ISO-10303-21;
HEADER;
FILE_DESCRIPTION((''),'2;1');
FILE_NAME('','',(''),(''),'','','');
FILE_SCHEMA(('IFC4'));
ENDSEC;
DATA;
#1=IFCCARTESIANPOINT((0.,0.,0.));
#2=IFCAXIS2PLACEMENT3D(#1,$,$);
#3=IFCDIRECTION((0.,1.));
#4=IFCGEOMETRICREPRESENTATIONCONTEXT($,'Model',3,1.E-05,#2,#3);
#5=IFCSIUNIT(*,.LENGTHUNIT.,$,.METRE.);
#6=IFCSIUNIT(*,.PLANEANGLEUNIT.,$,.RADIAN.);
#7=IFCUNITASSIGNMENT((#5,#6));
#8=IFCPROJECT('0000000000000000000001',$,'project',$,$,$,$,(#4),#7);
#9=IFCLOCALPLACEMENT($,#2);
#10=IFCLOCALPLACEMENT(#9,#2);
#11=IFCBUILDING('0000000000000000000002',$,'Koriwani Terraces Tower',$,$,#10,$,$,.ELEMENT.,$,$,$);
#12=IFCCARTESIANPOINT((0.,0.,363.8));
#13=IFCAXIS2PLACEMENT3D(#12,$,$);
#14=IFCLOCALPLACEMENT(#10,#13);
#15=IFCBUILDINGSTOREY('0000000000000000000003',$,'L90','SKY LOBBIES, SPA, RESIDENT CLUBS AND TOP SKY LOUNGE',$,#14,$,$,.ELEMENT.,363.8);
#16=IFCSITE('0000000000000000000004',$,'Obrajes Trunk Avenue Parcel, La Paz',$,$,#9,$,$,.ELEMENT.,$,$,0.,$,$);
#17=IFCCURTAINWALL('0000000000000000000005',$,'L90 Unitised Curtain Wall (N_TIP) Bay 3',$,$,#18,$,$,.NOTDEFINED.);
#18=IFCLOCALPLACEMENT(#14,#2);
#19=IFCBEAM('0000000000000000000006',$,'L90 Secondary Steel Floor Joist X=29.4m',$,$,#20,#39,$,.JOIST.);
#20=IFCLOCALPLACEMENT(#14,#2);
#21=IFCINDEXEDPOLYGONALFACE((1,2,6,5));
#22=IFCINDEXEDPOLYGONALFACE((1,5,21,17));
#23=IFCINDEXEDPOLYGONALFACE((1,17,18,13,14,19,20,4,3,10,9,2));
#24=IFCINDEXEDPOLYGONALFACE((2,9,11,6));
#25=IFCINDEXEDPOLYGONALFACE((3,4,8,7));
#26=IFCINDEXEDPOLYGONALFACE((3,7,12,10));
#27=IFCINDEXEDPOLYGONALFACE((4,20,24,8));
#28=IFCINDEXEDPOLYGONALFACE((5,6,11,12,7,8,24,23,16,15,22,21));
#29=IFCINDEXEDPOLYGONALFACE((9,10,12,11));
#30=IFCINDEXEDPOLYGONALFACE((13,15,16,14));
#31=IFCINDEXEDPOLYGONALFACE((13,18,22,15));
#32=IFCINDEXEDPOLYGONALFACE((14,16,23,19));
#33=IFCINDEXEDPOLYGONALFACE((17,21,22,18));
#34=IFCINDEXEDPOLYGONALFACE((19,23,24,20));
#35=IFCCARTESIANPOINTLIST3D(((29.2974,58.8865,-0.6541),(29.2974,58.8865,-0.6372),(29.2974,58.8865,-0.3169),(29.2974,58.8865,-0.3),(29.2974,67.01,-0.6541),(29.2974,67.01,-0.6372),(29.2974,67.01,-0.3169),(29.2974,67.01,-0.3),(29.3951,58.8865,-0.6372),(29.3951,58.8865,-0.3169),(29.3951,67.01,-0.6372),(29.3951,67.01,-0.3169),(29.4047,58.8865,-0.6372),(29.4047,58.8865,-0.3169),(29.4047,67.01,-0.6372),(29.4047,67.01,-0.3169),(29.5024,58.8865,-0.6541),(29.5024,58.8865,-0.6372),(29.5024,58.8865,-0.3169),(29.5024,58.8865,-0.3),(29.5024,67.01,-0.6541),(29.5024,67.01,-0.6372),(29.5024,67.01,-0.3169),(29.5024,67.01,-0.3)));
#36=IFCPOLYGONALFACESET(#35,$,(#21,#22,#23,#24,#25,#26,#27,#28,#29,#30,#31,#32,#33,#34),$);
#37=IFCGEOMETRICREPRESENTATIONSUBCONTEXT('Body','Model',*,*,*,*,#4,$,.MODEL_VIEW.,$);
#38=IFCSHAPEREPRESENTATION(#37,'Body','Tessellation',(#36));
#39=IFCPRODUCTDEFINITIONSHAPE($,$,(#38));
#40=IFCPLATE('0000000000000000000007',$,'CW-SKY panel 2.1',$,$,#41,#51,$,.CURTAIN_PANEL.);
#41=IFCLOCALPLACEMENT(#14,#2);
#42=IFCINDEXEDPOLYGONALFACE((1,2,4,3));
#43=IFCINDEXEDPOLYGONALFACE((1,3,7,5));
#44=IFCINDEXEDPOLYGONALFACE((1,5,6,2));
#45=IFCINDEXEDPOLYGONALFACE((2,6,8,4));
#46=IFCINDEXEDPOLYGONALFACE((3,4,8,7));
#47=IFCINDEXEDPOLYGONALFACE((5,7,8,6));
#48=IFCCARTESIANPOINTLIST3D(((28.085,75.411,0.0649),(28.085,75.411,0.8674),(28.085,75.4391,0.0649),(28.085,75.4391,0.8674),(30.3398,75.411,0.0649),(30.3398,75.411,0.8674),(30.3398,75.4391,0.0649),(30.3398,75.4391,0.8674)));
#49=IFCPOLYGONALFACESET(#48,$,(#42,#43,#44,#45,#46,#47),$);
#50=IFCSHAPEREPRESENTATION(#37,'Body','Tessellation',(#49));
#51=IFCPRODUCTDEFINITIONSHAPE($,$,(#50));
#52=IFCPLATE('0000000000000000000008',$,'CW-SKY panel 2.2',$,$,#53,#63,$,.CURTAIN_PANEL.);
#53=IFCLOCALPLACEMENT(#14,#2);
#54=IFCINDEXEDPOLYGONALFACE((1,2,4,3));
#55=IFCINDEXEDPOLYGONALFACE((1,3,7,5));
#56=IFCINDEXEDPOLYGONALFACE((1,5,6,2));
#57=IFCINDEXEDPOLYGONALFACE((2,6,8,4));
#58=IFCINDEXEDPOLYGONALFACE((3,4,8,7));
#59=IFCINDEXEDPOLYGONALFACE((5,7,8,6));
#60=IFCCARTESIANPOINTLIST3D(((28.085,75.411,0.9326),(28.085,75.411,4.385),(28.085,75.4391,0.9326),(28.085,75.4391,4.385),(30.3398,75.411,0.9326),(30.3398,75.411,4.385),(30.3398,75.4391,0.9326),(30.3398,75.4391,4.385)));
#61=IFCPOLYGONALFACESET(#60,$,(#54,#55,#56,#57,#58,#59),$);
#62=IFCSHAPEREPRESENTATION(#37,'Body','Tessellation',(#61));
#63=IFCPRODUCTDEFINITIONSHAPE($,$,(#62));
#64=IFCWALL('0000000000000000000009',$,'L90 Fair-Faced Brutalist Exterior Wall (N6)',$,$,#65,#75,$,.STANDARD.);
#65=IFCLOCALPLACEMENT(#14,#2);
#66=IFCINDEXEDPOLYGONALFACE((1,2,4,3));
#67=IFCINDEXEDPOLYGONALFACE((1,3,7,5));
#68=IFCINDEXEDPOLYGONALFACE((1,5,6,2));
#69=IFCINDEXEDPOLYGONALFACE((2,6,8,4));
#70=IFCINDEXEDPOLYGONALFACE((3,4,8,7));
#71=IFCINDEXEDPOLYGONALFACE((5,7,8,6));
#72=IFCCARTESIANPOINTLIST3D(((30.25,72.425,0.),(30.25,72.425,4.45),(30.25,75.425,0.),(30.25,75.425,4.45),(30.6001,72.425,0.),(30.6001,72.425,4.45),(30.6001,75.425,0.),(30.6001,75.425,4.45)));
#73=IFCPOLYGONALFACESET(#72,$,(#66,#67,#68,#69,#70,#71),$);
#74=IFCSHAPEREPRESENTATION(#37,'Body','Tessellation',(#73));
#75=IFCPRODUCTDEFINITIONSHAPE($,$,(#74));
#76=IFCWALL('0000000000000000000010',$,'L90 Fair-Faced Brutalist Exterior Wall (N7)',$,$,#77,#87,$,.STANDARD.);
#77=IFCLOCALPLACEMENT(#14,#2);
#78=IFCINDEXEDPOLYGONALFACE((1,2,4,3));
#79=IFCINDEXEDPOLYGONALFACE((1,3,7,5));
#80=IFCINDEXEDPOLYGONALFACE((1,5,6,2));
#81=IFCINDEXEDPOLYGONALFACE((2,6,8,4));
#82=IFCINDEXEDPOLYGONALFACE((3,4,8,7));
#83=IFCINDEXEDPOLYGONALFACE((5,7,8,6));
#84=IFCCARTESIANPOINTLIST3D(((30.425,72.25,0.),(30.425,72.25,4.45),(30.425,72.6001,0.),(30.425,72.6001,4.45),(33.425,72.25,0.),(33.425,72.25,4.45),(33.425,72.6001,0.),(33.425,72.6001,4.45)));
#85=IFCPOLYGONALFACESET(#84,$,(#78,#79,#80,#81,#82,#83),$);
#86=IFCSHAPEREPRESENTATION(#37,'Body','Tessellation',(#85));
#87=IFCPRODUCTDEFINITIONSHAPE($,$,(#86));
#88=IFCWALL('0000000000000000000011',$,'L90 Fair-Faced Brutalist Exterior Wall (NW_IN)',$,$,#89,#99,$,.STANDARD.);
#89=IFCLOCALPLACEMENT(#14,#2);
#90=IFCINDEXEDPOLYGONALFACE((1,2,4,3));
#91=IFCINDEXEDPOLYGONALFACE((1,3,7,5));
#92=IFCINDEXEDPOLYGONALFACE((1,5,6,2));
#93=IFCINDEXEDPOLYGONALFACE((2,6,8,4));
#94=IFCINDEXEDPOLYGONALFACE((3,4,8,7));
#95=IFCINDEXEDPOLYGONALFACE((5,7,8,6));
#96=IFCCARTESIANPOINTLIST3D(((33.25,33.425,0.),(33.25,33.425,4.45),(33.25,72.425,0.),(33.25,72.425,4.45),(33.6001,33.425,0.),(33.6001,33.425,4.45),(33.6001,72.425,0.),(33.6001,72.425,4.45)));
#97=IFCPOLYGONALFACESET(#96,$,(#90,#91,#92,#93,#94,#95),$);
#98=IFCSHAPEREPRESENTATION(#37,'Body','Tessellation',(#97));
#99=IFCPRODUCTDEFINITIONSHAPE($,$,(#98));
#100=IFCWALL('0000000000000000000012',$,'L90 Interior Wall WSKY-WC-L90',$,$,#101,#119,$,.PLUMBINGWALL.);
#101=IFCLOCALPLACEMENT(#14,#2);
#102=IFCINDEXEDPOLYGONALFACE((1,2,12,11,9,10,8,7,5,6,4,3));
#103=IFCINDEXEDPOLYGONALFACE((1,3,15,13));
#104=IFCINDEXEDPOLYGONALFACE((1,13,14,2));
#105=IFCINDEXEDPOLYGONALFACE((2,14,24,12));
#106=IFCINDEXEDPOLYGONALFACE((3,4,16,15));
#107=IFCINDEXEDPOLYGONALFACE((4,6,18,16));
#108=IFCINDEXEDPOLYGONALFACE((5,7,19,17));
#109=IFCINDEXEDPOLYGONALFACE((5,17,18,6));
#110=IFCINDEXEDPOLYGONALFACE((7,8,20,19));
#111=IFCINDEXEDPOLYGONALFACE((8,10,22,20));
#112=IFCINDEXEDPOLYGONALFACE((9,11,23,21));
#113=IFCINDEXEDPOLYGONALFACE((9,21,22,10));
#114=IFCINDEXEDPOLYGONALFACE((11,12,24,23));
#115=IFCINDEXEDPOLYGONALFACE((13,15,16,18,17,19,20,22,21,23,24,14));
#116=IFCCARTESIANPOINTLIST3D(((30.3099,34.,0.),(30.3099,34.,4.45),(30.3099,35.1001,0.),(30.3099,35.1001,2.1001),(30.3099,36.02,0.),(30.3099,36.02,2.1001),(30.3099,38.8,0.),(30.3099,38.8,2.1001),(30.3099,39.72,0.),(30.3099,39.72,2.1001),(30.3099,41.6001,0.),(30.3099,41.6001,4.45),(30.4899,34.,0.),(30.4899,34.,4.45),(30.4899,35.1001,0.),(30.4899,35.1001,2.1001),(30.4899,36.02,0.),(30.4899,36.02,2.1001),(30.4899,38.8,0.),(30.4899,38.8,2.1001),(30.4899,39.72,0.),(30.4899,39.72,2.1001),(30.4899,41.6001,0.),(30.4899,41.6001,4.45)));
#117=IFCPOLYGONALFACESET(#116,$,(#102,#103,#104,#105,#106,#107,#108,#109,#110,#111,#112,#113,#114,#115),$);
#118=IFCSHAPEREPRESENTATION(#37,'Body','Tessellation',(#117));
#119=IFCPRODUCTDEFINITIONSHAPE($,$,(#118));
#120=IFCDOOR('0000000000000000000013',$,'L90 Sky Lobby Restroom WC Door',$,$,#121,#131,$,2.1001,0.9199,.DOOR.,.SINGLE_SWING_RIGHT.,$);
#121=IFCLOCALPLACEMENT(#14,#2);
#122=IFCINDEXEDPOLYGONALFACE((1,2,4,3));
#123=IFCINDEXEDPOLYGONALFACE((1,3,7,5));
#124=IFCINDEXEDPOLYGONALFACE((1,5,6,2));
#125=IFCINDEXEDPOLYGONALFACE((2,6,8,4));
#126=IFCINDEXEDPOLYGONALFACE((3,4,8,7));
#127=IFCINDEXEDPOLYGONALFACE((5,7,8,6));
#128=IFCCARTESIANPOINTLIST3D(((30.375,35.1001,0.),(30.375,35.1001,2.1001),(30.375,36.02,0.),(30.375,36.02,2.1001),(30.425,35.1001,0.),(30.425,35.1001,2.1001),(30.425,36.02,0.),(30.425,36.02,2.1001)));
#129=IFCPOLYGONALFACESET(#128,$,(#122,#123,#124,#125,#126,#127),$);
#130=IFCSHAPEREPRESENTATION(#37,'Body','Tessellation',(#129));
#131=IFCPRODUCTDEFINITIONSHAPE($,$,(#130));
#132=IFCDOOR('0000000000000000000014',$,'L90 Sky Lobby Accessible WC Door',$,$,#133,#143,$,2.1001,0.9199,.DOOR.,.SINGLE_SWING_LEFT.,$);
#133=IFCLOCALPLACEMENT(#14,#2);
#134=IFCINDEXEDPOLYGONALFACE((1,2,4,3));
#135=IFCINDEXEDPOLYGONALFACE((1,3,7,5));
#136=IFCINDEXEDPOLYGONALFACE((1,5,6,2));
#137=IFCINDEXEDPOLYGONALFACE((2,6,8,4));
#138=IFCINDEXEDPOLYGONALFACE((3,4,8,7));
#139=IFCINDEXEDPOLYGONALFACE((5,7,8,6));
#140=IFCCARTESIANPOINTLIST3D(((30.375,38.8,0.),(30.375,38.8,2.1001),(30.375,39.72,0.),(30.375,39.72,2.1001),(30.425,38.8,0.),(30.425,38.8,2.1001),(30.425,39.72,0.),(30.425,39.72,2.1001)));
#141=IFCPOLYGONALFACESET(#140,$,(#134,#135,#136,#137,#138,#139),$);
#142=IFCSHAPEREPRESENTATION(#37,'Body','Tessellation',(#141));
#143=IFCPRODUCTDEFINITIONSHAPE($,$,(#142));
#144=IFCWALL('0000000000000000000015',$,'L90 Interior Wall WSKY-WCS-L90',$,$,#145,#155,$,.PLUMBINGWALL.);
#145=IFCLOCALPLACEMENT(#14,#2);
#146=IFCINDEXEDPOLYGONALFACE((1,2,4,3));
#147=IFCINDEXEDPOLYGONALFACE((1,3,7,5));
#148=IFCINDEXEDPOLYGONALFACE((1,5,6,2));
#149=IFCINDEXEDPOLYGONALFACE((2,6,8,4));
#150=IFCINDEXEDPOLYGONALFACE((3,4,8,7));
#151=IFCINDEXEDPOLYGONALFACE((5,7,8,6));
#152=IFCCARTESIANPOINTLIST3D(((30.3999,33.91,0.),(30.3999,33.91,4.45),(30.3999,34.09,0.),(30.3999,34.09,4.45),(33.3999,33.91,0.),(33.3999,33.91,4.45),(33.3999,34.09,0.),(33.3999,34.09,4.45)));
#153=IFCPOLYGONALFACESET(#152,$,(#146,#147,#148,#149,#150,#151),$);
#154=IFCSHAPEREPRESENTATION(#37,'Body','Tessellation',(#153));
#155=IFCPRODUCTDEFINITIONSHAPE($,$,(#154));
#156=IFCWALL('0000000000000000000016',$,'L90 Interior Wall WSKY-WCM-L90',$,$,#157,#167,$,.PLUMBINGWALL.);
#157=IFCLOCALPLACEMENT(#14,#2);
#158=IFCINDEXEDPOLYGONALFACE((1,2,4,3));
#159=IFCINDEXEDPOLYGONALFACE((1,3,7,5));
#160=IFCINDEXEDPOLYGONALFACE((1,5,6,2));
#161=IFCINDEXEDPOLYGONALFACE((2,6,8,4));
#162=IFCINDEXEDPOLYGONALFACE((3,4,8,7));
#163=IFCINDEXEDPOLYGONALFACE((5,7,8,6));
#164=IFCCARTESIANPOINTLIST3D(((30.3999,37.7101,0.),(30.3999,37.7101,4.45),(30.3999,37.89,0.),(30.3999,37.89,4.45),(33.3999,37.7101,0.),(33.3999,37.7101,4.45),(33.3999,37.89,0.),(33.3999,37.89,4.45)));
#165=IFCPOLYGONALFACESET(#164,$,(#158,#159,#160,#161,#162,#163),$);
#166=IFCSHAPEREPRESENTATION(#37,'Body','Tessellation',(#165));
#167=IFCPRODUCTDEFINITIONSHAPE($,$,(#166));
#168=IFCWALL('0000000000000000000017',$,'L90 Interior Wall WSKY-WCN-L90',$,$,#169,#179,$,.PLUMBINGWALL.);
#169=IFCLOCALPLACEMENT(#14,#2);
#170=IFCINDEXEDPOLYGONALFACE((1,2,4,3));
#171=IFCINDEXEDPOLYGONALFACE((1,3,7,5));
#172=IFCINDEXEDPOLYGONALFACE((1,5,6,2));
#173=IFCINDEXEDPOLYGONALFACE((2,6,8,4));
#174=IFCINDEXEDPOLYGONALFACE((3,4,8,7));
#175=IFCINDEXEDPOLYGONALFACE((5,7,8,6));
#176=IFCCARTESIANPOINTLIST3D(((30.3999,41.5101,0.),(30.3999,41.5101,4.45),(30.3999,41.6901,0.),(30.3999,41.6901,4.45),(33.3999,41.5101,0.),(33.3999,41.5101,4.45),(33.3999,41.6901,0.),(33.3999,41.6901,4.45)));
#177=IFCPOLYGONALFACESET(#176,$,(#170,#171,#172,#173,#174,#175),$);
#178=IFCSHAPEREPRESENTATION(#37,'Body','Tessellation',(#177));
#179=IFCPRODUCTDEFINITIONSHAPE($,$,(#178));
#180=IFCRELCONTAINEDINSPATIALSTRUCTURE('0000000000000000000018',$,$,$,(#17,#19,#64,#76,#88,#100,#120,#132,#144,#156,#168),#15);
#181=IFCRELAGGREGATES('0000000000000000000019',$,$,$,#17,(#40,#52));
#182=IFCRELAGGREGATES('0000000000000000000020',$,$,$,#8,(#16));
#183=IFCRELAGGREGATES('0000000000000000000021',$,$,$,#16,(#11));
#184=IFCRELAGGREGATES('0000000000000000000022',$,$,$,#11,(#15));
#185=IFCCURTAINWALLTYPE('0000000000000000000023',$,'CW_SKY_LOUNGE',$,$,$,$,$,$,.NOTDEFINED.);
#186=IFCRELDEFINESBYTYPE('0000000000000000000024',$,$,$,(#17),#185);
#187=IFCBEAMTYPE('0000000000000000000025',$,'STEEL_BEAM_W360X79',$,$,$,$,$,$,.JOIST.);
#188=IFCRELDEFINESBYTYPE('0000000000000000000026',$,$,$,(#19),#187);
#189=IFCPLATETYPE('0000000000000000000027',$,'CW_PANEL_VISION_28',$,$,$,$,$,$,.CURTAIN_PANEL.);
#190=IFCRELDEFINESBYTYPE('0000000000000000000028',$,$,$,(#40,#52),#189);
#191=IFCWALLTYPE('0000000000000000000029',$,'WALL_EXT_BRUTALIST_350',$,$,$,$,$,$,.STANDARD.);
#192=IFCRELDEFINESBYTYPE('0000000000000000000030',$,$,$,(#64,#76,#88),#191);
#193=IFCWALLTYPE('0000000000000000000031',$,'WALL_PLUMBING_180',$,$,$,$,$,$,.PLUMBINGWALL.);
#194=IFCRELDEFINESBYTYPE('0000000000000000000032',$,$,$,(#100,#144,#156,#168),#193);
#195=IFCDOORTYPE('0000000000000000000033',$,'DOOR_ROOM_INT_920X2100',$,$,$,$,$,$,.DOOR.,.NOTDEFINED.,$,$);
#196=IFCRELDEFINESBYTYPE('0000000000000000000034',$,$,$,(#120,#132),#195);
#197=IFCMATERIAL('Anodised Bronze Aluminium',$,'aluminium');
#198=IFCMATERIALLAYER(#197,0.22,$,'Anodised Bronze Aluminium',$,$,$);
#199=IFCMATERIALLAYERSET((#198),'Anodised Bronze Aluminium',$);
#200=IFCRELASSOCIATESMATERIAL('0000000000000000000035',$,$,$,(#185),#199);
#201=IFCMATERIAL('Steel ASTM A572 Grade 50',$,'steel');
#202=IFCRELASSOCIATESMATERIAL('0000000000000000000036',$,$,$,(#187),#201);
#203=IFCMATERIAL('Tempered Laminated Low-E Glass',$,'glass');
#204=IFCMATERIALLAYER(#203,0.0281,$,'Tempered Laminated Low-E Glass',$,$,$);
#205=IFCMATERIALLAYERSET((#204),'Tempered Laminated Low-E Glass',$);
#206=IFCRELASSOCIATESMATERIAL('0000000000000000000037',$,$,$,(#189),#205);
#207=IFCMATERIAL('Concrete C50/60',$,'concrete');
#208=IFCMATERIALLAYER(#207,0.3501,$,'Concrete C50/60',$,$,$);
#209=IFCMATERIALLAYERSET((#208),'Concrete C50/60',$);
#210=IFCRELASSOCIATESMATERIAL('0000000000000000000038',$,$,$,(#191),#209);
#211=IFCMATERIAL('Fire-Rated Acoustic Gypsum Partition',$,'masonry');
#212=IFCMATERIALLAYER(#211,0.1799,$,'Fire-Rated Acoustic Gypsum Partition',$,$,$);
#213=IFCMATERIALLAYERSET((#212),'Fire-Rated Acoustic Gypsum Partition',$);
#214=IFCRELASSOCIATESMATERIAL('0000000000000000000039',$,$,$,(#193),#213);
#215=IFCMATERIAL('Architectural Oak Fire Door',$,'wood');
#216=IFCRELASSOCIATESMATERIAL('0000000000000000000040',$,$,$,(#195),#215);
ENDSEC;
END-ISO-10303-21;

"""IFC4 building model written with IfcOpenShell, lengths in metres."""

from ifc_helpers import new_model, si_unit, direction, frame, frame_2d, origin, origin_2d, place, context, subcontext, project, spatial, rectangle, i_section, extrude, material, layer, layer_set, material_profile, profile_set, type_object, element, fill, aggregate, save


model = new_model("IFC4")

# Units and contexts
model_context = context("Model", 3, precision=1e-05, world=origin(), true_north=direction((0.0, 1.0)))
body_context = subcontext(model_context, "Body", "Model", "MODEL_VIEW")
ifc_project = project(units=[si_unit("LENGTHUNIT", "METRE"), si_unit("PLANEANGLEUNIT", "RADIAN")], contexts=[model_context])

# Site, building, storey
site_placement = place(None, origin())
site = spatial("IfcSite", under=ifc_project, at=site_placement, Name="Obrajes Trunk Avenue Parcel, La Paz", CompositionType="ELEMENT", RefElevation=0.0)
building_placement = place(site_placement, origin())
building = spatial("IfcBuilding", under=site, at=building_placement, Name="Koriwani Terraces Tower", CompositionType="ELEMENT")
storey_placement = place(building_placement, frame((0.0, 0.0, 363.8)))
storey = spatial("IfcBuildingStorey", under=building, at=storey_placement, Name="L90", Description="SKY LOBBIES, SPA, RESIDENT CLUBS AND TOP SKY LOUNGE", CompositionType="ELEMENT", Elevation=363.8)

# Shared definitions
ifc_material_1 = material(Name="Concrete C50/60", Category="concrete")

# Curtain wall
ifc_material_2 = material(Name="Anodised Bronze Aluminium", Category="aluminium")
ifc_layer_1 = layer(ifc_material_2, 0.22, Name="Anodised Bronze Aluminium")
ifc_layer_set_1 = layer_set([ifc_layer_1], Name="Anodised Bronze Aluminium")
curtain_wall_type = type_object("IfcCurtainWallType", Name="CW_SKY_LOUNGE", PredefinedType="NOTDEFINED", material=ifc_layer_set_1)
curtain_wall_placement = place(storey_placement, origin())
curtain_wall = element("IfcCurtainWall", 1, at=curtain_wall_placement, inside=storey, type_object=curtain_wall_type, Name="L90 Unitised Curtain Wall (N_TIP) Bay 3", PredefinedType="NOTDEFINED")

# Beam
ifc_material_3 = material(Name="Steel ASTM A572 Grade 50", Category="steel")
ifc_material_profile_1 = material_profile(ifc_material_3, i_section(OverallWidth=0.2051, OverallDepth=0.354, WebThickness=0.0095, FlangeThickness=0.0168, at=origin_2d()), Name="Steel ASTM A572 Grade 50", Category="LoadBearing")
ifc_profile_set_1 = profile_set([ifc_material_profile_1], Name="Steel ASTM A572 Grade 50")
beam_type = type_object("IfcBeamType", Name="STEEL_BEAM_W360X79", PredefinedType="JOIST", material=ifc_profile_set_1)
for number, where, z_axis, x_axis, name in (
    (2, (29.3999, 58.8865, -0.4771), (0.0, 1.0, 0.0), (-1.0, 0.0, 0.0), "L90 Secondary Steel Floor Joist X=29.4m"),
):
    element("IfcBeam", number, at=place(storey_placement, frame(where, z_axis=z_axis, x_axis=x_axis)), inside=storey, type_object=beam_type, Name=name, PredefinedType="JOIST", context=body_context, shape_type="SweptSolid", body=[
        extrude(i_section(OverallWidth=0.2051, OverallDepth=0.354, WebThickness=0.0095, FlangeThickness=0.0168, at=origin_2d()), origin(), (0.0, 0.0, 1.0), 8.1235),
    ])

# Plates
ifc_material_4 = material(Name="Tempered Laminated Low-E Glass", Category="glass")
ifc_layer_2 = layer(ifc_material_4, 0.0281, Name="Tempered Laminated Low-E Glass")
ifc_layer_set_2 = layer_set([ifc_layer_2], Name="Tempered Laminated Low-E Glass")
plate_type = type_object("IfcPlateType", Name="CW_PANEL_VISION_28", PredefinedType="CURTAIN_PANEL", material=ifc_layer_set_2)
plate_1_placement = place(storey_placement, frame((29.2124, 75.425, 0.0649), z_axis=(0.0, 0.0, 1.0), x_axis=(1.0, 0.0, 0.0)))
plate_1 = element("IfcPlate", 3, at=plate_1_placement, type_object=plate_type, Name="CW-SKY panel 2.1", PredefinedType="CURTAIN_PANEL", context=body_context, shape_type="SweptSolid", body=[
    extrude(rectangle(XDim=2.2549, YDim=0.0281, at=origin_2d()), origin(), (0.0, 0.0, 1.0), 0.8025),
])
plate_2_placement = place(storey_placement, frame((29.2124, 75.425, 0.9326), z_axis=(0.0, 0.0, 1.0), x_axis=(1.0, 0.0, 0.0)))
plate_2 = element("IfcPlate", 4, at=plate_2_placement, type_object=plate_type, Name="CW-SKY panel 2.2", PredefinedType="CURTAIN_PANEL", context=body_context, shape_type="SweptSolid", body=[
    extrude(rectangle(XDim=2.2549, YDim=0.0281, at=origin_2d()), origin(), (0.0, 0.0, 1.0), 3.4524),
])
aggregate(curtain_wall, [plate_1, plate_2])

# Walls
ifc_layer_3 = layer(ifc_material_1, 0.3501, Name="Concrete C50/60")
ifc_layer_set_3 = layer_set([ifc_layer_3], Name="Concrete C50/60")
wall_type_1 = type_object("IfcWallType", Name="WALL_EXT_BRUTALIST_350", PredefinedType="STANDARD", material=ifc_layer_set_3)
for number, where, z_axis, x_axis, name in (
    (5, (30.425, 75.425, 0.0), (0.0, 0.0, 1.0), (0.0, -1.0, 0.0), "L90 Fair-Faced Brutalist Exterior Wall (N6)"),
    (6, (30.425, 72.425, 0.0), (0.0, 0.0, 1.0), (1.0, 0.0, 0.0), "L90 Fair-Faced Brutalist Exterior Wall (N7)"),
):
    element("IfcWall", number, at=place(storey_placement, frame(where, z_axis=z_axis, x_axis=x_axis)), inside=storey, type_object=wall_type_1, Name=name, PredefinedType="STANDARD", context=body_context, shape_type="SweptSolid", body=[
        extrude(rectangle(XDim=3.0, YDim=0.3501, at=frame_2d((1.5, 0.0))), origin(), (0.0, 0.0, 1.0), 4.45),
    ])
wall_1_placement = place(storey_placement, frame((33.425, 72.425, 0.0), z_axis=(0.0, 0.0, 1.0), x_axis=(0.0, -1.0, 0.0)))
element("IfcWall", 7, at=wall_1_placement, inside=storey, type_object=wall_type_1, Name="L90 Fair-Faced Brutalist Exterior Wall (NW_IN)", PredefinedType="STANDARD", context=body_context, shape_type="SweptSolid", body=[
    extrude(rectangle(XDim=39.0, YDim=0.3501, at=frame_2d((19.5, 0.0))), origin(), (0.0, 0.0, 1.0), 4.45),
])

# Wall, openings, doors
ifc_material_5 = material(Name="Fire-Rated Acoustic Gypsum Partition", Category="masonry")
ifc_layer_4 = layer(ifc_material_5, 0.1799, Name="Fire-Rated Acoustic Gypsum Partition")
ifc_layer_set_4 = layer_set([ifc_layer_4], Name="Fire-Rated Acoustic Gypsum Partition")
wall_type_2 = type_object("IfcWallType", Name="WALL_PLUMBING_180", PredefinedType="PLUMBINGWALL", material=ifc_layer_set_4)
wall_2_placement = place(storey_placement, frame((30.3999, 34.0, 0.0), z_axis=(0.0, 0.0, 1.0), x_axis=(0.0, 1.0, 0.0)))
wall_2 = element("IfcWall", 8, at=wall_2_placement, inside=storey, type_object=wall_type_2, Name="L90 Interior Wall WSKY-WC-L90", PredefinedType="PLUMBINGWALL", context=body_context, shape_type="SweptSolid", body=[
    extrude(rectangle(XDim=7.6001, YDim=0.1799, at=frame_2d((3.8, 0.0))), origin(), (0.0, 0.0, 1.0), 4.45),
])
opening_1_placement = place(wall_2_placement, frame((1.1001, 0.0, 0.0)))
opening_1 = element("IfcOpeningElement", 9, at=opening_1_placement, cuts=wall_2, PredefinedType="OPENING", context=body_context, shape_type="SweptSolid", body=[
    extrude(rectangle(XDim=0.9199, YDim=2.1001, at=frame_2d((0.46, 1.05))), frame((0.0, 0.1001, 0.0), z_axis=(0.0, -1.0, 0.0), x_axis=(1.0, 0.0, 0.0)), (0.0, 0.0, 1.0), 0.2),
])
opening_2_placement = place(wall_2_placement, frame((4.8, 0.0, 0.0)))
opening_2 = element("IfcOpeningElement", 10, at=opening_2_placement, cuts=wall_2, PredefinedType="OPENING", context=body_context, shape_type="SweptSolid", body=[
    extrude(rectangle(XDim=0.9199, YDim=2.1001, at=frame_2d((0.46, 1.05))), frame((0.0, 0.1001, 0.0), z_axis=(0.0, -1.0, 0.0), x_axis=(1.0, 0.0, 0.0)), (0.0, 0.0, 1.0), 0.2),
])
ifc_material_6 = material(Name="Architectural Oak Fire Door", Category="wood")
door_type = type_object("IfcDoorType", Name="DOOR_ROOM_INT_920X2100", OperationType="NOTDEFINED", PredefinedType="DOOR", material=ifc_material_6)
door_1_placement = place(opening_1_placement, origin())
door_1 = element("IfcDoor", 11, at=door_1_placement, inside=storey, type_object=door_type, Name="L90 Sky Lobby Restroom WC Door", OperationType="SINGLE_SWING_RIGHT", OverallHeight=2.1001, OverallWidth=0.9199, PredefinedType="DOOR", context=body_context, shape_type="SweptSolid", body=[
    extrude(rectangle(XDim=0.9199, YDim=2.1001, at=frame_2d((0.46, 1.05))), frame((0.0, 0.0249, 0.0), z_axis=(0.0, -1.0, 0.0), x_axis=(1.0, 0.0, 0.0)), (0.0, 0.0, 1.0), 0.05),
])
fill(opening_1, door_1)
door_2_placement = place(opening_2_placement, origin())
door_2 = element("IfcDoor", 12, at=door_2_placement, inside=storey, type_object=door_type, Name="L90 Sky Lobby Accessible WC Door", OperationType="SINGLE_SWING_LEFT", OverallHeight=2.1001, OverallWidth=0.9199, PredefinedType="DOOR", context=body_context, shape_type="SweptSolid", body=[
    extrude(rectangle(XDim=0.9199, YDim=2.1001, at=frame_2d((0.46, 1.05))), frame((0.0, 0.0249, 0.0), z_axis=(0.0, -1.0, 0.0), x_axis=(1.0, 0.0, 0.0)), (0.0, 0.0, 1.0), 0.05),
])
fill(opening_2, door_2)

# Walls
for number, where, z_axis, x_axis, name in (
    (13, (30.3999, 34.0, 0.0), (0.0, 0.0, 1.0), (1.0, 0.0, 0.0), "L90 Interior Wall WSKY-WCS-L90"),
    (14, (30.3999, 37.8, 0.0), (0.0, 0.0, 1.0), (1.0, 0.0, 0.0), "L90 Interior Wall WSKY-WCM-L90"),
    (15, (30.3999, 41.6001, 0.0), (0.0, 0.0, 1.0), (1.0, 0.0, 0.0), "L90 Interior Wall WSKY-WCN-L90"),
):
    element("IfcWall", number, at=place(storey_placement, frame(where, z_axis=z_axis, x_axis=x_axis)), inside=storey, type_object=wall_type_2, Name=name, PredefinedType="PLUMBINGWALL", context=body_context, shape_type="SweptSolid", body=[
        extrude(rectangle(XDim=3.0, YDim=0.1799, at=frame_2d((1.5, 0.0))), origin(), (0.0, 0.0, 1.0), 4.45),
    ])

save(model, "model.ifc")
